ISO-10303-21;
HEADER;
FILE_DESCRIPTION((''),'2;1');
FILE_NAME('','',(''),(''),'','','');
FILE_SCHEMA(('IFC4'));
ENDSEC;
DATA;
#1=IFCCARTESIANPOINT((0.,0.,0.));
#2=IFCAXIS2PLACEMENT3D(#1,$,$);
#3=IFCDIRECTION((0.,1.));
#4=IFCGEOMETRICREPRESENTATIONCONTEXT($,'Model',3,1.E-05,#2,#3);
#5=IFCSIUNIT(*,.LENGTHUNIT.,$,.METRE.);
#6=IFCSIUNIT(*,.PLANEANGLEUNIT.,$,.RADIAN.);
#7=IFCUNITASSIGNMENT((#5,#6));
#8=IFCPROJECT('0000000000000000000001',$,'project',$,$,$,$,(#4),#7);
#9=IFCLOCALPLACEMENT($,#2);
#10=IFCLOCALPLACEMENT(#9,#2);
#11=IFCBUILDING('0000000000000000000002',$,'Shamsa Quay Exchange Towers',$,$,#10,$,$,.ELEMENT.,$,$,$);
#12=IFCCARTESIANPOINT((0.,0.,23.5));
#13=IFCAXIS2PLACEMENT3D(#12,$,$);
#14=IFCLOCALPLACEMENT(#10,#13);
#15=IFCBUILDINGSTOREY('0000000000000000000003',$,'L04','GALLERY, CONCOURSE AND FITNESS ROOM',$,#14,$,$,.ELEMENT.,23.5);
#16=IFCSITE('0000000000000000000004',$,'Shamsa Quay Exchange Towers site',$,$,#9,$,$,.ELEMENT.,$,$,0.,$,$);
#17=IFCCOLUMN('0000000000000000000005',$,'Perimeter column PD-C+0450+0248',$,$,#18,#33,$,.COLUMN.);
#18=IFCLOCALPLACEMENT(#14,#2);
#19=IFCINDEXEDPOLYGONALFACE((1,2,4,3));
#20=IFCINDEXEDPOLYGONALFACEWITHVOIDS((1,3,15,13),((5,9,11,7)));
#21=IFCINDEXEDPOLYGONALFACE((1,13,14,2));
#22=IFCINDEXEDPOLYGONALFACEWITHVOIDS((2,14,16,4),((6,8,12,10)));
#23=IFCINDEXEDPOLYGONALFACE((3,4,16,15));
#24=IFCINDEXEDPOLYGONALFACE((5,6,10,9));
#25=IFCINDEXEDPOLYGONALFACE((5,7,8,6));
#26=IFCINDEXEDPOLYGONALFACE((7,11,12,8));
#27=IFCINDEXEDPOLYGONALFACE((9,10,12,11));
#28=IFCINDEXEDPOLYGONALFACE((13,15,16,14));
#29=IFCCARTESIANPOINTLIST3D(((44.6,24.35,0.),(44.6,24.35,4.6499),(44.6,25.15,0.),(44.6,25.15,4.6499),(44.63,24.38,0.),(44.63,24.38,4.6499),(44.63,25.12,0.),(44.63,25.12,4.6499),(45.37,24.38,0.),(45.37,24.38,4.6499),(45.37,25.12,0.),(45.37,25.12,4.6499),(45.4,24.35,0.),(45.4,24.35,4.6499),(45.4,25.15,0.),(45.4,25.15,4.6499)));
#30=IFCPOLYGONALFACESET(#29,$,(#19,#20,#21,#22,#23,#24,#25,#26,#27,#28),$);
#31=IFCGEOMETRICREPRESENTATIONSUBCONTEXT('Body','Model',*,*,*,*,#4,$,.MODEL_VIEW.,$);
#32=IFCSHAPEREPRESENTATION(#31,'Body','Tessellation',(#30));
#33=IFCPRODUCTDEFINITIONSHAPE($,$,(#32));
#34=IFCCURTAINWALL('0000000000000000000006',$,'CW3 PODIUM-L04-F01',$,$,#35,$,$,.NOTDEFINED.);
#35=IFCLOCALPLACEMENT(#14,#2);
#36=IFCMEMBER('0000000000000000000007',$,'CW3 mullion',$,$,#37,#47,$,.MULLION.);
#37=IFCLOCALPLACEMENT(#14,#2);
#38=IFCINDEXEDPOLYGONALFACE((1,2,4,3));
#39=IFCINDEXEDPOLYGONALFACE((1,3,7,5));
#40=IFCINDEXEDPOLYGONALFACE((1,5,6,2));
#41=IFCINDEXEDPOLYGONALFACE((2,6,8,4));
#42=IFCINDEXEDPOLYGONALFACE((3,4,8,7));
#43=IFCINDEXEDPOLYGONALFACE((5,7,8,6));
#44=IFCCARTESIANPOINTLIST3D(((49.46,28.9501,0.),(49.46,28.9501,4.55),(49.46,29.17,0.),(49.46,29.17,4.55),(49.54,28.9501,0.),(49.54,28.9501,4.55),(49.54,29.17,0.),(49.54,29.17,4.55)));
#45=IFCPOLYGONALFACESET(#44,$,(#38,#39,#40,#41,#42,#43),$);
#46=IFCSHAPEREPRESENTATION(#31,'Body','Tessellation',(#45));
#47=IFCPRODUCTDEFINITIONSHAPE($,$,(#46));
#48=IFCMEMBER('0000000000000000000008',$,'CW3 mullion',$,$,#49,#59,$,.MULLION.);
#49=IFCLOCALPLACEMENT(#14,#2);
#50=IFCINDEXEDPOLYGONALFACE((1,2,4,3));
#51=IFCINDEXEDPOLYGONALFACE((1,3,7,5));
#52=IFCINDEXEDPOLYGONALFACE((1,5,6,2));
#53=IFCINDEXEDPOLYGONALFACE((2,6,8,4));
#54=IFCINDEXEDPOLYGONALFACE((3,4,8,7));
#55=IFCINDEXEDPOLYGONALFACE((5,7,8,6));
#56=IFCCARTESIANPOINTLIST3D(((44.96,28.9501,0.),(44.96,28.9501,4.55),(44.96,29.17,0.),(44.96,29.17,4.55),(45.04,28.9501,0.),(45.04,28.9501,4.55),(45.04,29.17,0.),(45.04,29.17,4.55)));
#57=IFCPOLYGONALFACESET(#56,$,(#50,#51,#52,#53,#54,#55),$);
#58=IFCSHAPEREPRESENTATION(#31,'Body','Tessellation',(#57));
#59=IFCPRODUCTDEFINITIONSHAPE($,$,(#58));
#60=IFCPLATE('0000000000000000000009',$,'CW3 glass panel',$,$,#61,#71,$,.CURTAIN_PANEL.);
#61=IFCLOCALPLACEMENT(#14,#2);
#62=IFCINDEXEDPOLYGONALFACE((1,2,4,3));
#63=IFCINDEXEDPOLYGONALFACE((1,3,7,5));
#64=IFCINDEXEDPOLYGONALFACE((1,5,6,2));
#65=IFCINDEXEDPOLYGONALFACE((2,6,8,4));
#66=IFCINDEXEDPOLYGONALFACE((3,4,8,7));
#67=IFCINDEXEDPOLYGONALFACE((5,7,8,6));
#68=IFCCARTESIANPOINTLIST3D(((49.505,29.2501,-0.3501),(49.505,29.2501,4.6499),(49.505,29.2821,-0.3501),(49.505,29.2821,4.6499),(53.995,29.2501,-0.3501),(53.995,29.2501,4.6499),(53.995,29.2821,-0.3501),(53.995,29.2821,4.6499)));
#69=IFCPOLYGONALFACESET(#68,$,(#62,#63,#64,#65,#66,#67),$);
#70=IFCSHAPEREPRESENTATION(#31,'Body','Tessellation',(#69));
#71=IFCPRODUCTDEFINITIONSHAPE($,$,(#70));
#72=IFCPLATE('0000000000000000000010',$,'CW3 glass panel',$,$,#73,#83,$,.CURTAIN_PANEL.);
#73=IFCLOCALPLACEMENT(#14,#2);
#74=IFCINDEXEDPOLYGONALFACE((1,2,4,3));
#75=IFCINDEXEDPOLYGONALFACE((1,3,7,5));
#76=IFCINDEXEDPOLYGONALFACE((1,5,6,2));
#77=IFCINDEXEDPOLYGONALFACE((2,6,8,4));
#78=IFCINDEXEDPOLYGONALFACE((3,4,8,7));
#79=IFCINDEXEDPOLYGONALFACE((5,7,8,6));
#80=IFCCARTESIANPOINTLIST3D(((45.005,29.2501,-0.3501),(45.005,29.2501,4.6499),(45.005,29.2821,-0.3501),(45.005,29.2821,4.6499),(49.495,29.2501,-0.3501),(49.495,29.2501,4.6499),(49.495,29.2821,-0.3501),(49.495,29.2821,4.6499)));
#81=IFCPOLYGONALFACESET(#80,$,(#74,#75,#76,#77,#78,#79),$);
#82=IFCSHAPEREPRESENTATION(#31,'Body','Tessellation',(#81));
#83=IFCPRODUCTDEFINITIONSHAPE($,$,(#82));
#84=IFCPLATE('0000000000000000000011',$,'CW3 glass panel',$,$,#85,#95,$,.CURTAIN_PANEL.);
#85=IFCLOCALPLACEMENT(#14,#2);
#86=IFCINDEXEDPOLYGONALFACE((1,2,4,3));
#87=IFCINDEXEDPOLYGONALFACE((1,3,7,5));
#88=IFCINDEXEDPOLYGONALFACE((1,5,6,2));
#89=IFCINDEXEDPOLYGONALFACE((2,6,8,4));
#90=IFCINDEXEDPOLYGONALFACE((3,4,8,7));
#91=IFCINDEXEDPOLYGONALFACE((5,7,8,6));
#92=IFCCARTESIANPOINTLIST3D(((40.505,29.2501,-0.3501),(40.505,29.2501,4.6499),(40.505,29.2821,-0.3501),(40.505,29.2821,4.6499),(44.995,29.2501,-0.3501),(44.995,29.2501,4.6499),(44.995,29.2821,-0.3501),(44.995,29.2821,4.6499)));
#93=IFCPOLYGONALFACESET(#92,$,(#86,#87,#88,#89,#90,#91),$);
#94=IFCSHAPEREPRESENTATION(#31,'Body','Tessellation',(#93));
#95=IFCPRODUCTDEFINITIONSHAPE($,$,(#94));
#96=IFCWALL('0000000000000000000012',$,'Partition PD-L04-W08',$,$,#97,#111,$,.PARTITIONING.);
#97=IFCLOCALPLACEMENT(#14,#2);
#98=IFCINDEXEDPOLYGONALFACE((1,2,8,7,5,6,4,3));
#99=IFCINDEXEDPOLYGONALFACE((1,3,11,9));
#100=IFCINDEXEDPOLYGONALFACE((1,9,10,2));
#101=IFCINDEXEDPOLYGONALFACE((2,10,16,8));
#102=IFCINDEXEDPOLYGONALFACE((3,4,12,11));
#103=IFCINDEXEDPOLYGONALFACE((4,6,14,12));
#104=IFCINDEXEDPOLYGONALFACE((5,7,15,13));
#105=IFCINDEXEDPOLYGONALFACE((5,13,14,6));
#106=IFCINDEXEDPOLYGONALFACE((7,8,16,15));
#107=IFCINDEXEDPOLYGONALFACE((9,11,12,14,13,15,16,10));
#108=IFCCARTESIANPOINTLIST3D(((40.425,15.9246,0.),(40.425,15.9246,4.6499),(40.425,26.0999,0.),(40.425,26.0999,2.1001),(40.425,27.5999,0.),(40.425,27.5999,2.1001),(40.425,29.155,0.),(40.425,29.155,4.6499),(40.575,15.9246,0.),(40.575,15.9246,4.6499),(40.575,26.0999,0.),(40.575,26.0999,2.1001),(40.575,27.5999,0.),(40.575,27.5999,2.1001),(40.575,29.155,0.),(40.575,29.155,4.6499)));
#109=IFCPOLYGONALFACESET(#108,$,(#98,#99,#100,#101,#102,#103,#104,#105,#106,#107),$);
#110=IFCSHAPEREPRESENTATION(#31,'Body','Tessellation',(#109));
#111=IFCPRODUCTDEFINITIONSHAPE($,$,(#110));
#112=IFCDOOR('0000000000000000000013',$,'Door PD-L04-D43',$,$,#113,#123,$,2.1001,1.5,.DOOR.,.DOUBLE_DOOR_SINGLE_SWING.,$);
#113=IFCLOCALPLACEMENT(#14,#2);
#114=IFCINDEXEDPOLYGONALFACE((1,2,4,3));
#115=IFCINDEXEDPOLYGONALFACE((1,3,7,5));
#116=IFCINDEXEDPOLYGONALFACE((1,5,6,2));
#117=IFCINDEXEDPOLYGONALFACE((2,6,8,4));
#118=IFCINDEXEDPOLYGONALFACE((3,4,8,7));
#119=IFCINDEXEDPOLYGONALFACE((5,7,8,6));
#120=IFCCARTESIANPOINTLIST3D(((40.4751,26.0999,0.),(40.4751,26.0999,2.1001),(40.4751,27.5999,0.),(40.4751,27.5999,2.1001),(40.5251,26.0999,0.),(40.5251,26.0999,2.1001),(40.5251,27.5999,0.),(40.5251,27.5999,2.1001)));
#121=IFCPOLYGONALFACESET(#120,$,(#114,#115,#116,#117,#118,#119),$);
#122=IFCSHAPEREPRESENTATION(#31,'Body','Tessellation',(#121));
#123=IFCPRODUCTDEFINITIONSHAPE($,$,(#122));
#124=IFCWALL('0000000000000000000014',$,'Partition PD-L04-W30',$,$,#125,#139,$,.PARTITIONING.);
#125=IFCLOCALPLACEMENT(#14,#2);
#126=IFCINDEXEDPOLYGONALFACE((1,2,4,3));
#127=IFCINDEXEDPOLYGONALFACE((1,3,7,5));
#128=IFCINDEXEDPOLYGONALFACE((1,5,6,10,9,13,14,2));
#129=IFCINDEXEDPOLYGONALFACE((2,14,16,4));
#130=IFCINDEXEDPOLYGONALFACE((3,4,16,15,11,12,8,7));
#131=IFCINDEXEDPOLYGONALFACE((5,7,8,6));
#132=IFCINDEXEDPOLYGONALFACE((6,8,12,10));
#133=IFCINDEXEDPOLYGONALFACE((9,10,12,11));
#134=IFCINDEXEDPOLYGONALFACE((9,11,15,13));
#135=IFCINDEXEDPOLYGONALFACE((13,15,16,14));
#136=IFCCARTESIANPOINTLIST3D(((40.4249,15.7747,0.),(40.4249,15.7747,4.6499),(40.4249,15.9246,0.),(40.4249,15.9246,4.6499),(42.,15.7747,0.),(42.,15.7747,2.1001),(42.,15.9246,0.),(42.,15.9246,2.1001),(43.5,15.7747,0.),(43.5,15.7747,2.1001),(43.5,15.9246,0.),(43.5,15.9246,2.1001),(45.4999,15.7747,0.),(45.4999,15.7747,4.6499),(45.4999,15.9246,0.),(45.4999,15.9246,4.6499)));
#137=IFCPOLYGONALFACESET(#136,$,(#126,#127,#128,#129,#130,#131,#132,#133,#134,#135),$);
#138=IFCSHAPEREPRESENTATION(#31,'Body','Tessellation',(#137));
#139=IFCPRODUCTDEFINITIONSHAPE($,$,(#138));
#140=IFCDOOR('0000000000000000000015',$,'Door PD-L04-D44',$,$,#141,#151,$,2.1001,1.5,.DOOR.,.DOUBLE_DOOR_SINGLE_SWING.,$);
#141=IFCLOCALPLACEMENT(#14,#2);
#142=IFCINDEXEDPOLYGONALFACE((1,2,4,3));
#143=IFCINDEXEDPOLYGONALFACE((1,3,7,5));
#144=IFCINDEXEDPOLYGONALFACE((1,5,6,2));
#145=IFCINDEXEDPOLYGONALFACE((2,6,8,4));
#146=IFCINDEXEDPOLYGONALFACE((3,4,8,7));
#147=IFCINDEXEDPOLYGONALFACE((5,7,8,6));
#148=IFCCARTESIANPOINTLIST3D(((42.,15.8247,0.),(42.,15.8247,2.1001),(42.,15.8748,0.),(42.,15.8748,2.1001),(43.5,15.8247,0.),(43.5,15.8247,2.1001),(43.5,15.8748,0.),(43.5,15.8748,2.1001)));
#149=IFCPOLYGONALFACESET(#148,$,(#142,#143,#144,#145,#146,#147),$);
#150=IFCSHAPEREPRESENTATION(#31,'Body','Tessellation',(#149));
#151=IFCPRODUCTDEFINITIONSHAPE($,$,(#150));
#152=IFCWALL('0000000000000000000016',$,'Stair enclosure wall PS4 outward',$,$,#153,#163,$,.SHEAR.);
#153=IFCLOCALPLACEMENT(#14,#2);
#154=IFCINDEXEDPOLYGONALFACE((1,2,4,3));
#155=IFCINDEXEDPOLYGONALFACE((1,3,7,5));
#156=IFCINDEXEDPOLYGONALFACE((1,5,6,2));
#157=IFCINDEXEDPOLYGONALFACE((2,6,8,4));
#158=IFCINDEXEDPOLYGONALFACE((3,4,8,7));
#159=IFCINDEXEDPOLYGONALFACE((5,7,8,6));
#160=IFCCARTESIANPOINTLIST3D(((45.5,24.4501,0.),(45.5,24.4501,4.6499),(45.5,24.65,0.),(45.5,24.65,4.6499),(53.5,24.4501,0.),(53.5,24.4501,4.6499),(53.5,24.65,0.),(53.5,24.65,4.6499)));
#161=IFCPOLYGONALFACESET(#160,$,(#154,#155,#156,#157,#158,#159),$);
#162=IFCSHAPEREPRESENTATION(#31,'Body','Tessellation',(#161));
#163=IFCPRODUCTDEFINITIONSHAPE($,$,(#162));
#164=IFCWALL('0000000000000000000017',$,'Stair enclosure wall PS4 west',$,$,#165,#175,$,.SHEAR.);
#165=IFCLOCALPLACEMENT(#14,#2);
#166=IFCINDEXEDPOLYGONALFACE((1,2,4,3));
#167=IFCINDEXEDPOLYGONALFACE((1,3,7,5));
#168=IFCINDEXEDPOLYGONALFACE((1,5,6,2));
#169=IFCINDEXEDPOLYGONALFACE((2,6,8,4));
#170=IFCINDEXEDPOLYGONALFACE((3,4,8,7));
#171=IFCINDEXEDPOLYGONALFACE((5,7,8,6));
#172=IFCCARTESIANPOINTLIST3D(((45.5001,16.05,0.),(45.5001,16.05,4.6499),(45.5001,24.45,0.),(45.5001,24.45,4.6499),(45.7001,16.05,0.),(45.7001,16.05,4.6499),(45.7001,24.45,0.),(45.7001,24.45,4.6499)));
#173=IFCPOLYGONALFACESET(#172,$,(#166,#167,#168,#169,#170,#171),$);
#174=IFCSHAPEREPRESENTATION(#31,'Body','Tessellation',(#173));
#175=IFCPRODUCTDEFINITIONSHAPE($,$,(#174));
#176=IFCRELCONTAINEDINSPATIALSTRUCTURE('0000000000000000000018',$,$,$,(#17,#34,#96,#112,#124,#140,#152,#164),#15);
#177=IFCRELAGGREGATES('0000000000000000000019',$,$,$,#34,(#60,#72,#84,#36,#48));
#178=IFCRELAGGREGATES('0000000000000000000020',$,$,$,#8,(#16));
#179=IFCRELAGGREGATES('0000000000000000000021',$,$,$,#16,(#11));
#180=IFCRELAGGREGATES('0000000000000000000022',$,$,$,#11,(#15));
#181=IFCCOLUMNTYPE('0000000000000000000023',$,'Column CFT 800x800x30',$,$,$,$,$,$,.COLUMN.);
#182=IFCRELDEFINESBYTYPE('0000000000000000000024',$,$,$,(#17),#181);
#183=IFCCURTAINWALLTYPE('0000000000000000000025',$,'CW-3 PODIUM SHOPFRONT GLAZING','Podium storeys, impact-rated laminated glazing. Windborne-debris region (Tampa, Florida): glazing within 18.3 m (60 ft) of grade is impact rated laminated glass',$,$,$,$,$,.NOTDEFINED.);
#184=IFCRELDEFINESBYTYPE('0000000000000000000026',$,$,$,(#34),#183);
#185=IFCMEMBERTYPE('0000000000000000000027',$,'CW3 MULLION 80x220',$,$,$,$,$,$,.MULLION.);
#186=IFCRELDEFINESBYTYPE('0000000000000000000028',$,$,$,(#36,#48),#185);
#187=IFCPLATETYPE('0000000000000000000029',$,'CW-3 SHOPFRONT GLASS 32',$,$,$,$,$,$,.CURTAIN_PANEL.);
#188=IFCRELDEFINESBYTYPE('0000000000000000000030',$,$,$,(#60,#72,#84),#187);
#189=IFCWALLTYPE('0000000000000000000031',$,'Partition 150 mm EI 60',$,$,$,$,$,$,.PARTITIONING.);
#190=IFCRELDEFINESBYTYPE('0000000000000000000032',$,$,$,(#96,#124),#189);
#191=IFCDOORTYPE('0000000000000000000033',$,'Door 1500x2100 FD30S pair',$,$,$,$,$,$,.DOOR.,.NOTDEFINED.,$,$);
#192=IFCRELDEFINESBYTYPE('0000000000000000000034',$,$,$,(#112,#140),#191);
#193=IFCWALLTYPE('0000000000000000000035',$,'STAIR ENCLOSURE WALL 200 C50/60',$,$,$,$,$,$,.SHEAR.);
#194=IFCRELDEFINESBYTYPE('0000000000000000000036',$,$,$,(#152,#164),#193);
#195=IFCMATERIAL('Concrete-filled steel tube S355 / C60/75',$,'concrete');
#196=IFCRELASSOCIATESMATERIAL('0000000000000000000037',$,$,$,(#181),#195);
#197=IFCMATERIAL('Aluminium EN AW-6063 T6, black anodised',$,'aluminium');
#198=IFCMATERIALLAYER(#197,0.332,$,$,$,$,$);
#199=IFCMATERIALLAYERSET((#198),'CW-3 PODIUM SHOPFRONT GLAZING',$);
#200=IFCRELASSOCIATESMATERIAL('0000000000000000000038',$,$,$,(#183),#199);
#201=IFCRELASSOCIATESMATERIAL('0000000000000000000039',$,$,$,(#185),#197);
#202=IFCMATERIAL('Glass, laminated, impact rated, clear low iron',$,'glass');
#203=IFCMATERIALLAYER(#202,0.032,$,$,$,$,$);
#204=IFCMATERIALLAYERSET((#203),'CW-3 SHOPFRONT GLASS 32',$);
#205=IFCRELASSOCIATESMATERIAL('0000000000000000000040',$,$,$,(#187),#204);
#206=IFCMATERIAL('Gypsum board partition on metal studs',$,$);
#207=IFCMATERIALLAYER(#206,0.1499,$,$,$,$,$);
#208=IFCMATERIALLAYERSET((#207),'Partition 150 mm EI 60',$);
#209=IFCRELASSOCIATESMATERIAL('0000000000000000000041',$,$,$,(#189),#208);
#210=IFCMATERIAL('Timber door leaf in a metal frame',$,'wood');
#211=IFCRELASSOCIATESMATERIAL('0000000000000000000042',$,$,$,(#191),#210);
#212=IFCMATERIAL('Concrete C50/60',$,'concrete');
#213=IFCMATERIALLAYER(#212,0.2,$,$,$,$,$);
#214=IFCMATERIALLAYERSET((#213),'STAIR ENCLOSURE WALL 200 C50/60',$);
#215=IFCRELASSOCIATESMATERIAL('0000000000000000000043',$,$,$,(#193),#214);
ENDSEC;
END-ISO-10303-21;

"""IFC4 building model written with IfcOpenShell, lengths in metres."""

from ifc_helpers import new_model, si_unit, direction, frame, frame_2d, origin, origin_2d, place, context, subcontext, project, spatial, rectangle, hollow_rectangle, extrude, material, layer, layer_set, material_profile, profile_set, type_object, element, fill, aggregate, save


model = new_model("IFC4")

# Units and contexts
model_context = context("Model", 3, precision=1e-05, world=origin(), true_north=direction((0.0, 1.0)))
body_context = subcontext(model_context, "Body", "Model", "MODEL_VIEW")
ifc_project = project(units=[si_unit("LENGTHUNIT", "METRE"), si_unit("PLANEANGLEUNIT", "RADIAN")], contexts=[model_context])

# Site, building, storey
site_placement = place(None, origin())
site = spatial("IfcSite", under=ifc_project, at=site_placement, Name="Shamsa Quay Exchange Towers site", CompositionType="ELEMENT", RefElevation=0.0)
building_placement = place(site_placement, origin())
building = spatial("IfcBuilding", under=site, at=building_placement, Name="Shamsa Quay Exchange Towers", CompositionType="ELEMENT")
storey_placement = place(building_placement, frame((0.0, 0.0, 23.5)))
storey = spatial("IfcBuildingStorey", under=building, at=storey_placement, Name="L04", Description="GALLERY, CONCOURSE AND FITNESS ROOM", CompositionType="ELEMENT", Elevation=23.5)

# Column
ifc_material_1 = material(Name="Concrete-filled steel tube S355 / C60/75", Category="concrete")
ifc_material_profile_1 = material_profile(ifc_material_1, hollow_rectangle(XDim=0.8, YDim=0.8, WallThickness=0.03, at=origin_2d()), Name="CFT 800x800x30")
ifc_profile_set_1 = profile_set([ifc_material_profile_1], Name="Concrete-filled steel tube S355 / C60/75")
column_type = type_object("IfcColumnType", Name="Column CFT 800x800x30", PredefinedType="COLUMN", material=ifc_profile_set_1)
column_placement = place(storey_placement, frame((45.0, 24.75, 0.0)))
element("IfcColumn", 1, at=column_placement, inside=storey, type_object=column_type, Name="Perimeter column PD-C+0450+0248", PredefinedType="COLUMN", context=body_context, shape_type="SweptSolid", body=[
    extrude(hollow_rectangle(XDim=0.8, YDim=0.8, WallThickness=0.03, at=origin_2d()), origin(), (0.0, 0.0, 1.0), 4.6499),
])

# Curtain wall, members, plates
ifc_material_2 = material(Name="Aluminium EN AW-6063 T6, black anodised", Category="aluminium")
ifc_layer_1 = layer(ifc_material_2, 0.332)
ifc_layer_set_1 = layer_set([ifc_layer_1], Name="CW-3 PODIUM SHOPFRONT GLAZING")
curtain_wall_type = type_object("IfcCurtainWallType", Name="CW-3 PODIUM SHOPFRONT GLAZING", Description="Podium storeys, impact-rated laminated glazing. Windborne-debris region (Tampa, Florida): glazing within 18.3 m (60 ft) of grade is impact rated laminated glass", PredefinedType="NOTDEFINED", material=ifc_layer_set_1)
curtain_wall_placement = place(storey_placement, origin())
curtain_wall = element("IfcCurtainWall", 2, at=curtain_wall_placement, inside=storey, type_object=curtain_wall_type, Name="CW3 PODIUM-L04-F01", PredefinedType="NOTDEFINED")
ifc_material_profile_2 = material_profile(ifc_material_2, rectangle(XDim=0.22, YDim=0.0801, at=origin_2d()), Name="MU80x220")
ifc_profile_set_2 = profile_set([ifc_material_profile_2], Name="Aluminium EN AW-6063 T6, black anodised")
member_type = type_object("IfcMemberType", Name="CW3 MULLION 80x220", PredefinedType="MULLION", material=ifc_profile_set_2)
member_1_placement = place(storey_placement, frame((49.5, 29.0601, 0.0), z_axis=(0.0, 0.0, 1.0), x_axis=(0.0, -1.0, 0.0)))
member_1 = element("IfcMember", 3, at=member_1_placement, type_object=member_type, Name="CW3 mullion", PredefinedType="MULLION", context=body_context, shape_type="SweptSolid", body=[
    extrude(rectangle(XDim=0.22, YDim=0.0801, at=origin_2d()), origin(), (0.0, 0.0, 1.0), 4.55),
])
member_2_placement = place(storey_placement, frame((45.0, 29.0601, 0.0), z_axis=(0.0, 0.0, 1.0), x_axis=(0.0, -1.0, 0.0)))
member_2 = element("IfcMember", 4, at=member_2_placement, type_object=member_type, Name="CW3 mullion", PredefinedType="MULLION", context=body_context, shape_type="SweptSolid", body=[
    extrude(rectangle(XDim=0.22, YDim=0.0801, at=origin_2d()), origin(), (0.0, 0.0, 1.0), 4.55),
])
ifc_material_3 = material(Name="Glass, laminated, impact rated, clear low iron", Category="glass")
ifc_layer_2 = layer(ifc_material_3, 0.032)
ifc_layer_set_2 = layer_set([ifc_layer_2], Name="CW-3 SHOPFRONT GLASS 32")
plate_type = type_object("IfcPlateType", Name="CW-3 SHOPFRONT GLASS 32", PredefinedType="CURTAIN_PANEL", material=ifc_layer_set_2)
plate_1_placement = place(storey_placement, frame((51.75, 29.2661, -0.3501), z_axis=(0.0, 0.0, 1.0), x_axis=(-1.0, 0.0, 0.0)))
plate_1 = element("IfcPlate", 5, at=plate_1_placement, type_object=plate_type, Name="CW3 glass panel", PredefinedType="CURTAIN_PANEL", context=body_context, shape_type="SweptSolid", body=[
    extrude(rectangle(XDim=4.49, YDim=0.032, at=origin_2d()), origin(), (0.0, 0.0, 1.0), 5.0),
])
plate_2_placement = place(storey_placement, frame((47.25, 29.2661, -0.3501), z_axis=(0.0, 0.0, 1.0), x_axis=(-1.0, 0.0, 0.0)))
plate_2 = element("IfcPlate", 6, at=plate_2_placement, type_object=plate_type, Name="CW3 glass panel", PredefinedType="CURTAIN_PANEL", context=body_context, shape_type="SweptSolid", body=[
    extrude(rectangle(XDim=4.49, YDim=0.032, at=origin_2d()), origin(), (0.0, 0.0, 1.0), 5.0),
])
plate_3_placement = place(storey_placement, frame((42.75, 29.2661, -0.3501), z_axis=(0.0, 0.0, 1.0), x_axis=(-1.0, 0.0, 0.0)))
plate_3 = element("IfcPlate", 7, at=plate_3_placement, type_object=plate_type, Name="CW3 glass panel", PredefinedType="CURTAIN_PANEL", context=body_context, shape_type="SweptSolid", body=[
    extrude(rectangle(XDim=4.49, YDim=0.032, at=origin_2d()), origin(), (0.0, 0.0, 1.0), 5.0),
])
aggregate(curtain_wall, [plate_1, plate_2, plate_3, member_1, member_2])

# Walls, openings, doors
ifc_material_4 = material(Name="Gypsum board partition on metal studs")
ifc_layer_3 = layer(ifc_material_4, 0.1499)
ifc_layer_set_3 = layer_set([ifc_layer_3], Name="Partition 150 mm EI 60")
wall_type_1 = type_object("IfcWallType", Name="Partition 150 mm EI 60", PredefinedType="PARTITIONING", material=ifc_layer_set_3)
wall_1_placement = place(storey_placement, frame((40.5, 15.9246, 0.0), z_axis=(0.0, 0.0, 1.0), x_axis=(0.0, 1.0, 0.0)))
wall_1 = element("IfcWall", 8, at=wall_1_placement, inside=storey, type_object=wall_type_1, Name="Partition PD-L04-W08", PredefinedType="PARTITIONING", context=body_context, shape_type="SweptSolid", body=[
    extrude(rectangle(XDim=13.2305, YDim=0.1499, at=frame_2d((6.6152, 0.0))), origin(), (0.0, 0.0, 1.0), 4.6499),
])
opening_1_placement = place(wall_1_placement, frame((10.1753, 0.0, 0.0)))
opening_1 = element("IfcOpeningElement", 9, at=opening_1_placement, cuts=wall_1, PredefinedType="OPENING", context=body_context, shape_type="SweptSolid", body=[
    extrude(rectangle(XDim=1.5, YDim=2.1001, at=frame_2d((0.75, 1.05))), frame((0.0, 0.085, 0.0), z_axis=(0.0, -1.0, 0.0), x_axis=(1.0, 0.0, 0.0)), (0.0, 0.0, 1.0), 0.1699),
])
ifc_material_5 = material(Name="Timber door leaf in a metal frame", Category="wood")
door_type_1 = type_object("IfcDoorType", Name="Door 1500x2100 FD30S pair", OperationType="NOTDEFINED", PredefinedType="DOOR", material=ifc_material_5)
door_1_placement = place(opening_1_placement, origin())
door_1 = element("IfcDoor", 10, at=door_1_placement, inside=storey, type_object=door_type_1, Name="Door PD-L04-D43", OperationType="DOUBLE_DOOR_SINGLE_SWING", OverallHeight=2.1001, OverallWidth=1.5, PredefinedType="DOOR", context=body_context, shape_type="SweptSolid", body=[
    extrude(rectangle(XDim=1.5, YDim=2.1001, at=frame_2d((0.75, 1.05))), frame((0.0, 0.0249, 0.0), z_axis=(0.0, -1.0, 0.0), x_axis=(1.0, 0.0, 0.0)), (0.0, 0.0, 1.0), 0.05),
])
fill(opening_1, door_1)
wall_2_placement = place(storey_placement, frame((45.5, 15.8496, 0.0), z_axis=(0.0, 0.0, 1.0), x_axis=(-1.0, 0.0, 0.0)))
wall_2 = element("IfcWall", 11, at=wall_2_placement, inside=storey, type_object=wall_type_1, Name="Partition PD-L04-W30", PredefinedType="PARTITIONING", context=body_context, shape_type="SweptSolid", body=[
    extrude(rectangle(XDim=5.075, YDim=0.1499, at=frame_2d((2.5376, 0.0))), origin(), (0.0, 0.0, 1.0), 4.6499),
])
opening_2_placement = place(wall_2_placement, frame((2.0, 0.0, 0.0)))
opening_2 = element("IfcOpeningElement", 12, at=opening_2_placement, cuts=wall_2, PredefinedType="OPENING", context=body_context, shape_type="SweptSolid", body=[
    extrude(rectangle(XDim=1.5, YDim=2.1001, at=frame_2d((0.75, 1.05))), frame((0.0, 0.085, 0.0), z_axis=(0.0, -1.0, 0.0), x_axis=(1.0, 0.0, 0.0)), (0.0, 0.0, 1.0), 0.1699),
])
door_2_placement = place(opening_2_placement, origin())
door_2 = element("IfcDoor", 13, at=door_2_placement, inside=storey, type_object=door_type_1, Name="Door PD-L04-D44", OperationType="DOUBLE_DOOR_SINGLE_SWING", OverallHeight=2.1001, OverallWidth=1.5, PredefinedType="DOOR", context=body_context, shape_type="SweptSolid", body=[
    extrude(rectangle(XDim=1.5, YDim=2.1001, at=frame_2d((0.75, 1.05))), frame((0.0, 0.0249, 0.0), z_axis=(0.0, -1.0, 0.0), x_axis=(1.0, 0.0, 0.0)), (0.0, 0.0, 1.0), 0.05),
])
fill(opening_2, door_2)

# Shared definitions
ifc_material_6 = material(Name="Concrete C50/60", Category="concrete")
ifc_layer_4 = layer(ifc_material_6, 0.2)
ifc_layer_set_4 = layer_set([ifc_layer_4], Name="STAIR ENCLOSURE WALL 200 C50/60")
wall_type_2 = type_object("IfcWallType", Name="STAIR ENCLOSURE WALL 200 C50/60", PredefinedType="SHEAR", material=ifc_layer_set_4)

# Walls
wall_3_placement = place(storey_placement, frame((45.5, 24.55, 0.0)))
element("IfcWall", 14, at=wall_3_placement, inside=storey, type_object=wall_type_2, Name="Stair enclosure wall PS4 outward", PredefinedType="SHEAR", context=body_context, shape_type="SweptSolid", body=[
    extrude(rectangle(XDim=8.0, YDim=0.2, at=frame_2d((4.0, 0.0))), origin(), (0.0, 0.0, 1.0), 4.6499),
])
wall_4_placement = place(storey_placement, frame((45.6001, 16.05, 0.0), z_axis=(0.0, 0.0, 1.0), x_axis=(0.0, 1.0, 0.0)))
element("IfcWall", 15, at=wall_4_placement, inside=storey, type_object=wall_type_2, Name="Stair enclosure wall PS4 west", PredefinedType="SHEAR", context=body_context, shape_type="SweptSolid", body=[
    extrude(rectangle(XDim=8.3999, YDim=0.2, at=frame_2d((4.2, 0.0))), origin(), (0.0, 0.0, 1.0), 4.6499),
])

save(model, "model.ifc")
